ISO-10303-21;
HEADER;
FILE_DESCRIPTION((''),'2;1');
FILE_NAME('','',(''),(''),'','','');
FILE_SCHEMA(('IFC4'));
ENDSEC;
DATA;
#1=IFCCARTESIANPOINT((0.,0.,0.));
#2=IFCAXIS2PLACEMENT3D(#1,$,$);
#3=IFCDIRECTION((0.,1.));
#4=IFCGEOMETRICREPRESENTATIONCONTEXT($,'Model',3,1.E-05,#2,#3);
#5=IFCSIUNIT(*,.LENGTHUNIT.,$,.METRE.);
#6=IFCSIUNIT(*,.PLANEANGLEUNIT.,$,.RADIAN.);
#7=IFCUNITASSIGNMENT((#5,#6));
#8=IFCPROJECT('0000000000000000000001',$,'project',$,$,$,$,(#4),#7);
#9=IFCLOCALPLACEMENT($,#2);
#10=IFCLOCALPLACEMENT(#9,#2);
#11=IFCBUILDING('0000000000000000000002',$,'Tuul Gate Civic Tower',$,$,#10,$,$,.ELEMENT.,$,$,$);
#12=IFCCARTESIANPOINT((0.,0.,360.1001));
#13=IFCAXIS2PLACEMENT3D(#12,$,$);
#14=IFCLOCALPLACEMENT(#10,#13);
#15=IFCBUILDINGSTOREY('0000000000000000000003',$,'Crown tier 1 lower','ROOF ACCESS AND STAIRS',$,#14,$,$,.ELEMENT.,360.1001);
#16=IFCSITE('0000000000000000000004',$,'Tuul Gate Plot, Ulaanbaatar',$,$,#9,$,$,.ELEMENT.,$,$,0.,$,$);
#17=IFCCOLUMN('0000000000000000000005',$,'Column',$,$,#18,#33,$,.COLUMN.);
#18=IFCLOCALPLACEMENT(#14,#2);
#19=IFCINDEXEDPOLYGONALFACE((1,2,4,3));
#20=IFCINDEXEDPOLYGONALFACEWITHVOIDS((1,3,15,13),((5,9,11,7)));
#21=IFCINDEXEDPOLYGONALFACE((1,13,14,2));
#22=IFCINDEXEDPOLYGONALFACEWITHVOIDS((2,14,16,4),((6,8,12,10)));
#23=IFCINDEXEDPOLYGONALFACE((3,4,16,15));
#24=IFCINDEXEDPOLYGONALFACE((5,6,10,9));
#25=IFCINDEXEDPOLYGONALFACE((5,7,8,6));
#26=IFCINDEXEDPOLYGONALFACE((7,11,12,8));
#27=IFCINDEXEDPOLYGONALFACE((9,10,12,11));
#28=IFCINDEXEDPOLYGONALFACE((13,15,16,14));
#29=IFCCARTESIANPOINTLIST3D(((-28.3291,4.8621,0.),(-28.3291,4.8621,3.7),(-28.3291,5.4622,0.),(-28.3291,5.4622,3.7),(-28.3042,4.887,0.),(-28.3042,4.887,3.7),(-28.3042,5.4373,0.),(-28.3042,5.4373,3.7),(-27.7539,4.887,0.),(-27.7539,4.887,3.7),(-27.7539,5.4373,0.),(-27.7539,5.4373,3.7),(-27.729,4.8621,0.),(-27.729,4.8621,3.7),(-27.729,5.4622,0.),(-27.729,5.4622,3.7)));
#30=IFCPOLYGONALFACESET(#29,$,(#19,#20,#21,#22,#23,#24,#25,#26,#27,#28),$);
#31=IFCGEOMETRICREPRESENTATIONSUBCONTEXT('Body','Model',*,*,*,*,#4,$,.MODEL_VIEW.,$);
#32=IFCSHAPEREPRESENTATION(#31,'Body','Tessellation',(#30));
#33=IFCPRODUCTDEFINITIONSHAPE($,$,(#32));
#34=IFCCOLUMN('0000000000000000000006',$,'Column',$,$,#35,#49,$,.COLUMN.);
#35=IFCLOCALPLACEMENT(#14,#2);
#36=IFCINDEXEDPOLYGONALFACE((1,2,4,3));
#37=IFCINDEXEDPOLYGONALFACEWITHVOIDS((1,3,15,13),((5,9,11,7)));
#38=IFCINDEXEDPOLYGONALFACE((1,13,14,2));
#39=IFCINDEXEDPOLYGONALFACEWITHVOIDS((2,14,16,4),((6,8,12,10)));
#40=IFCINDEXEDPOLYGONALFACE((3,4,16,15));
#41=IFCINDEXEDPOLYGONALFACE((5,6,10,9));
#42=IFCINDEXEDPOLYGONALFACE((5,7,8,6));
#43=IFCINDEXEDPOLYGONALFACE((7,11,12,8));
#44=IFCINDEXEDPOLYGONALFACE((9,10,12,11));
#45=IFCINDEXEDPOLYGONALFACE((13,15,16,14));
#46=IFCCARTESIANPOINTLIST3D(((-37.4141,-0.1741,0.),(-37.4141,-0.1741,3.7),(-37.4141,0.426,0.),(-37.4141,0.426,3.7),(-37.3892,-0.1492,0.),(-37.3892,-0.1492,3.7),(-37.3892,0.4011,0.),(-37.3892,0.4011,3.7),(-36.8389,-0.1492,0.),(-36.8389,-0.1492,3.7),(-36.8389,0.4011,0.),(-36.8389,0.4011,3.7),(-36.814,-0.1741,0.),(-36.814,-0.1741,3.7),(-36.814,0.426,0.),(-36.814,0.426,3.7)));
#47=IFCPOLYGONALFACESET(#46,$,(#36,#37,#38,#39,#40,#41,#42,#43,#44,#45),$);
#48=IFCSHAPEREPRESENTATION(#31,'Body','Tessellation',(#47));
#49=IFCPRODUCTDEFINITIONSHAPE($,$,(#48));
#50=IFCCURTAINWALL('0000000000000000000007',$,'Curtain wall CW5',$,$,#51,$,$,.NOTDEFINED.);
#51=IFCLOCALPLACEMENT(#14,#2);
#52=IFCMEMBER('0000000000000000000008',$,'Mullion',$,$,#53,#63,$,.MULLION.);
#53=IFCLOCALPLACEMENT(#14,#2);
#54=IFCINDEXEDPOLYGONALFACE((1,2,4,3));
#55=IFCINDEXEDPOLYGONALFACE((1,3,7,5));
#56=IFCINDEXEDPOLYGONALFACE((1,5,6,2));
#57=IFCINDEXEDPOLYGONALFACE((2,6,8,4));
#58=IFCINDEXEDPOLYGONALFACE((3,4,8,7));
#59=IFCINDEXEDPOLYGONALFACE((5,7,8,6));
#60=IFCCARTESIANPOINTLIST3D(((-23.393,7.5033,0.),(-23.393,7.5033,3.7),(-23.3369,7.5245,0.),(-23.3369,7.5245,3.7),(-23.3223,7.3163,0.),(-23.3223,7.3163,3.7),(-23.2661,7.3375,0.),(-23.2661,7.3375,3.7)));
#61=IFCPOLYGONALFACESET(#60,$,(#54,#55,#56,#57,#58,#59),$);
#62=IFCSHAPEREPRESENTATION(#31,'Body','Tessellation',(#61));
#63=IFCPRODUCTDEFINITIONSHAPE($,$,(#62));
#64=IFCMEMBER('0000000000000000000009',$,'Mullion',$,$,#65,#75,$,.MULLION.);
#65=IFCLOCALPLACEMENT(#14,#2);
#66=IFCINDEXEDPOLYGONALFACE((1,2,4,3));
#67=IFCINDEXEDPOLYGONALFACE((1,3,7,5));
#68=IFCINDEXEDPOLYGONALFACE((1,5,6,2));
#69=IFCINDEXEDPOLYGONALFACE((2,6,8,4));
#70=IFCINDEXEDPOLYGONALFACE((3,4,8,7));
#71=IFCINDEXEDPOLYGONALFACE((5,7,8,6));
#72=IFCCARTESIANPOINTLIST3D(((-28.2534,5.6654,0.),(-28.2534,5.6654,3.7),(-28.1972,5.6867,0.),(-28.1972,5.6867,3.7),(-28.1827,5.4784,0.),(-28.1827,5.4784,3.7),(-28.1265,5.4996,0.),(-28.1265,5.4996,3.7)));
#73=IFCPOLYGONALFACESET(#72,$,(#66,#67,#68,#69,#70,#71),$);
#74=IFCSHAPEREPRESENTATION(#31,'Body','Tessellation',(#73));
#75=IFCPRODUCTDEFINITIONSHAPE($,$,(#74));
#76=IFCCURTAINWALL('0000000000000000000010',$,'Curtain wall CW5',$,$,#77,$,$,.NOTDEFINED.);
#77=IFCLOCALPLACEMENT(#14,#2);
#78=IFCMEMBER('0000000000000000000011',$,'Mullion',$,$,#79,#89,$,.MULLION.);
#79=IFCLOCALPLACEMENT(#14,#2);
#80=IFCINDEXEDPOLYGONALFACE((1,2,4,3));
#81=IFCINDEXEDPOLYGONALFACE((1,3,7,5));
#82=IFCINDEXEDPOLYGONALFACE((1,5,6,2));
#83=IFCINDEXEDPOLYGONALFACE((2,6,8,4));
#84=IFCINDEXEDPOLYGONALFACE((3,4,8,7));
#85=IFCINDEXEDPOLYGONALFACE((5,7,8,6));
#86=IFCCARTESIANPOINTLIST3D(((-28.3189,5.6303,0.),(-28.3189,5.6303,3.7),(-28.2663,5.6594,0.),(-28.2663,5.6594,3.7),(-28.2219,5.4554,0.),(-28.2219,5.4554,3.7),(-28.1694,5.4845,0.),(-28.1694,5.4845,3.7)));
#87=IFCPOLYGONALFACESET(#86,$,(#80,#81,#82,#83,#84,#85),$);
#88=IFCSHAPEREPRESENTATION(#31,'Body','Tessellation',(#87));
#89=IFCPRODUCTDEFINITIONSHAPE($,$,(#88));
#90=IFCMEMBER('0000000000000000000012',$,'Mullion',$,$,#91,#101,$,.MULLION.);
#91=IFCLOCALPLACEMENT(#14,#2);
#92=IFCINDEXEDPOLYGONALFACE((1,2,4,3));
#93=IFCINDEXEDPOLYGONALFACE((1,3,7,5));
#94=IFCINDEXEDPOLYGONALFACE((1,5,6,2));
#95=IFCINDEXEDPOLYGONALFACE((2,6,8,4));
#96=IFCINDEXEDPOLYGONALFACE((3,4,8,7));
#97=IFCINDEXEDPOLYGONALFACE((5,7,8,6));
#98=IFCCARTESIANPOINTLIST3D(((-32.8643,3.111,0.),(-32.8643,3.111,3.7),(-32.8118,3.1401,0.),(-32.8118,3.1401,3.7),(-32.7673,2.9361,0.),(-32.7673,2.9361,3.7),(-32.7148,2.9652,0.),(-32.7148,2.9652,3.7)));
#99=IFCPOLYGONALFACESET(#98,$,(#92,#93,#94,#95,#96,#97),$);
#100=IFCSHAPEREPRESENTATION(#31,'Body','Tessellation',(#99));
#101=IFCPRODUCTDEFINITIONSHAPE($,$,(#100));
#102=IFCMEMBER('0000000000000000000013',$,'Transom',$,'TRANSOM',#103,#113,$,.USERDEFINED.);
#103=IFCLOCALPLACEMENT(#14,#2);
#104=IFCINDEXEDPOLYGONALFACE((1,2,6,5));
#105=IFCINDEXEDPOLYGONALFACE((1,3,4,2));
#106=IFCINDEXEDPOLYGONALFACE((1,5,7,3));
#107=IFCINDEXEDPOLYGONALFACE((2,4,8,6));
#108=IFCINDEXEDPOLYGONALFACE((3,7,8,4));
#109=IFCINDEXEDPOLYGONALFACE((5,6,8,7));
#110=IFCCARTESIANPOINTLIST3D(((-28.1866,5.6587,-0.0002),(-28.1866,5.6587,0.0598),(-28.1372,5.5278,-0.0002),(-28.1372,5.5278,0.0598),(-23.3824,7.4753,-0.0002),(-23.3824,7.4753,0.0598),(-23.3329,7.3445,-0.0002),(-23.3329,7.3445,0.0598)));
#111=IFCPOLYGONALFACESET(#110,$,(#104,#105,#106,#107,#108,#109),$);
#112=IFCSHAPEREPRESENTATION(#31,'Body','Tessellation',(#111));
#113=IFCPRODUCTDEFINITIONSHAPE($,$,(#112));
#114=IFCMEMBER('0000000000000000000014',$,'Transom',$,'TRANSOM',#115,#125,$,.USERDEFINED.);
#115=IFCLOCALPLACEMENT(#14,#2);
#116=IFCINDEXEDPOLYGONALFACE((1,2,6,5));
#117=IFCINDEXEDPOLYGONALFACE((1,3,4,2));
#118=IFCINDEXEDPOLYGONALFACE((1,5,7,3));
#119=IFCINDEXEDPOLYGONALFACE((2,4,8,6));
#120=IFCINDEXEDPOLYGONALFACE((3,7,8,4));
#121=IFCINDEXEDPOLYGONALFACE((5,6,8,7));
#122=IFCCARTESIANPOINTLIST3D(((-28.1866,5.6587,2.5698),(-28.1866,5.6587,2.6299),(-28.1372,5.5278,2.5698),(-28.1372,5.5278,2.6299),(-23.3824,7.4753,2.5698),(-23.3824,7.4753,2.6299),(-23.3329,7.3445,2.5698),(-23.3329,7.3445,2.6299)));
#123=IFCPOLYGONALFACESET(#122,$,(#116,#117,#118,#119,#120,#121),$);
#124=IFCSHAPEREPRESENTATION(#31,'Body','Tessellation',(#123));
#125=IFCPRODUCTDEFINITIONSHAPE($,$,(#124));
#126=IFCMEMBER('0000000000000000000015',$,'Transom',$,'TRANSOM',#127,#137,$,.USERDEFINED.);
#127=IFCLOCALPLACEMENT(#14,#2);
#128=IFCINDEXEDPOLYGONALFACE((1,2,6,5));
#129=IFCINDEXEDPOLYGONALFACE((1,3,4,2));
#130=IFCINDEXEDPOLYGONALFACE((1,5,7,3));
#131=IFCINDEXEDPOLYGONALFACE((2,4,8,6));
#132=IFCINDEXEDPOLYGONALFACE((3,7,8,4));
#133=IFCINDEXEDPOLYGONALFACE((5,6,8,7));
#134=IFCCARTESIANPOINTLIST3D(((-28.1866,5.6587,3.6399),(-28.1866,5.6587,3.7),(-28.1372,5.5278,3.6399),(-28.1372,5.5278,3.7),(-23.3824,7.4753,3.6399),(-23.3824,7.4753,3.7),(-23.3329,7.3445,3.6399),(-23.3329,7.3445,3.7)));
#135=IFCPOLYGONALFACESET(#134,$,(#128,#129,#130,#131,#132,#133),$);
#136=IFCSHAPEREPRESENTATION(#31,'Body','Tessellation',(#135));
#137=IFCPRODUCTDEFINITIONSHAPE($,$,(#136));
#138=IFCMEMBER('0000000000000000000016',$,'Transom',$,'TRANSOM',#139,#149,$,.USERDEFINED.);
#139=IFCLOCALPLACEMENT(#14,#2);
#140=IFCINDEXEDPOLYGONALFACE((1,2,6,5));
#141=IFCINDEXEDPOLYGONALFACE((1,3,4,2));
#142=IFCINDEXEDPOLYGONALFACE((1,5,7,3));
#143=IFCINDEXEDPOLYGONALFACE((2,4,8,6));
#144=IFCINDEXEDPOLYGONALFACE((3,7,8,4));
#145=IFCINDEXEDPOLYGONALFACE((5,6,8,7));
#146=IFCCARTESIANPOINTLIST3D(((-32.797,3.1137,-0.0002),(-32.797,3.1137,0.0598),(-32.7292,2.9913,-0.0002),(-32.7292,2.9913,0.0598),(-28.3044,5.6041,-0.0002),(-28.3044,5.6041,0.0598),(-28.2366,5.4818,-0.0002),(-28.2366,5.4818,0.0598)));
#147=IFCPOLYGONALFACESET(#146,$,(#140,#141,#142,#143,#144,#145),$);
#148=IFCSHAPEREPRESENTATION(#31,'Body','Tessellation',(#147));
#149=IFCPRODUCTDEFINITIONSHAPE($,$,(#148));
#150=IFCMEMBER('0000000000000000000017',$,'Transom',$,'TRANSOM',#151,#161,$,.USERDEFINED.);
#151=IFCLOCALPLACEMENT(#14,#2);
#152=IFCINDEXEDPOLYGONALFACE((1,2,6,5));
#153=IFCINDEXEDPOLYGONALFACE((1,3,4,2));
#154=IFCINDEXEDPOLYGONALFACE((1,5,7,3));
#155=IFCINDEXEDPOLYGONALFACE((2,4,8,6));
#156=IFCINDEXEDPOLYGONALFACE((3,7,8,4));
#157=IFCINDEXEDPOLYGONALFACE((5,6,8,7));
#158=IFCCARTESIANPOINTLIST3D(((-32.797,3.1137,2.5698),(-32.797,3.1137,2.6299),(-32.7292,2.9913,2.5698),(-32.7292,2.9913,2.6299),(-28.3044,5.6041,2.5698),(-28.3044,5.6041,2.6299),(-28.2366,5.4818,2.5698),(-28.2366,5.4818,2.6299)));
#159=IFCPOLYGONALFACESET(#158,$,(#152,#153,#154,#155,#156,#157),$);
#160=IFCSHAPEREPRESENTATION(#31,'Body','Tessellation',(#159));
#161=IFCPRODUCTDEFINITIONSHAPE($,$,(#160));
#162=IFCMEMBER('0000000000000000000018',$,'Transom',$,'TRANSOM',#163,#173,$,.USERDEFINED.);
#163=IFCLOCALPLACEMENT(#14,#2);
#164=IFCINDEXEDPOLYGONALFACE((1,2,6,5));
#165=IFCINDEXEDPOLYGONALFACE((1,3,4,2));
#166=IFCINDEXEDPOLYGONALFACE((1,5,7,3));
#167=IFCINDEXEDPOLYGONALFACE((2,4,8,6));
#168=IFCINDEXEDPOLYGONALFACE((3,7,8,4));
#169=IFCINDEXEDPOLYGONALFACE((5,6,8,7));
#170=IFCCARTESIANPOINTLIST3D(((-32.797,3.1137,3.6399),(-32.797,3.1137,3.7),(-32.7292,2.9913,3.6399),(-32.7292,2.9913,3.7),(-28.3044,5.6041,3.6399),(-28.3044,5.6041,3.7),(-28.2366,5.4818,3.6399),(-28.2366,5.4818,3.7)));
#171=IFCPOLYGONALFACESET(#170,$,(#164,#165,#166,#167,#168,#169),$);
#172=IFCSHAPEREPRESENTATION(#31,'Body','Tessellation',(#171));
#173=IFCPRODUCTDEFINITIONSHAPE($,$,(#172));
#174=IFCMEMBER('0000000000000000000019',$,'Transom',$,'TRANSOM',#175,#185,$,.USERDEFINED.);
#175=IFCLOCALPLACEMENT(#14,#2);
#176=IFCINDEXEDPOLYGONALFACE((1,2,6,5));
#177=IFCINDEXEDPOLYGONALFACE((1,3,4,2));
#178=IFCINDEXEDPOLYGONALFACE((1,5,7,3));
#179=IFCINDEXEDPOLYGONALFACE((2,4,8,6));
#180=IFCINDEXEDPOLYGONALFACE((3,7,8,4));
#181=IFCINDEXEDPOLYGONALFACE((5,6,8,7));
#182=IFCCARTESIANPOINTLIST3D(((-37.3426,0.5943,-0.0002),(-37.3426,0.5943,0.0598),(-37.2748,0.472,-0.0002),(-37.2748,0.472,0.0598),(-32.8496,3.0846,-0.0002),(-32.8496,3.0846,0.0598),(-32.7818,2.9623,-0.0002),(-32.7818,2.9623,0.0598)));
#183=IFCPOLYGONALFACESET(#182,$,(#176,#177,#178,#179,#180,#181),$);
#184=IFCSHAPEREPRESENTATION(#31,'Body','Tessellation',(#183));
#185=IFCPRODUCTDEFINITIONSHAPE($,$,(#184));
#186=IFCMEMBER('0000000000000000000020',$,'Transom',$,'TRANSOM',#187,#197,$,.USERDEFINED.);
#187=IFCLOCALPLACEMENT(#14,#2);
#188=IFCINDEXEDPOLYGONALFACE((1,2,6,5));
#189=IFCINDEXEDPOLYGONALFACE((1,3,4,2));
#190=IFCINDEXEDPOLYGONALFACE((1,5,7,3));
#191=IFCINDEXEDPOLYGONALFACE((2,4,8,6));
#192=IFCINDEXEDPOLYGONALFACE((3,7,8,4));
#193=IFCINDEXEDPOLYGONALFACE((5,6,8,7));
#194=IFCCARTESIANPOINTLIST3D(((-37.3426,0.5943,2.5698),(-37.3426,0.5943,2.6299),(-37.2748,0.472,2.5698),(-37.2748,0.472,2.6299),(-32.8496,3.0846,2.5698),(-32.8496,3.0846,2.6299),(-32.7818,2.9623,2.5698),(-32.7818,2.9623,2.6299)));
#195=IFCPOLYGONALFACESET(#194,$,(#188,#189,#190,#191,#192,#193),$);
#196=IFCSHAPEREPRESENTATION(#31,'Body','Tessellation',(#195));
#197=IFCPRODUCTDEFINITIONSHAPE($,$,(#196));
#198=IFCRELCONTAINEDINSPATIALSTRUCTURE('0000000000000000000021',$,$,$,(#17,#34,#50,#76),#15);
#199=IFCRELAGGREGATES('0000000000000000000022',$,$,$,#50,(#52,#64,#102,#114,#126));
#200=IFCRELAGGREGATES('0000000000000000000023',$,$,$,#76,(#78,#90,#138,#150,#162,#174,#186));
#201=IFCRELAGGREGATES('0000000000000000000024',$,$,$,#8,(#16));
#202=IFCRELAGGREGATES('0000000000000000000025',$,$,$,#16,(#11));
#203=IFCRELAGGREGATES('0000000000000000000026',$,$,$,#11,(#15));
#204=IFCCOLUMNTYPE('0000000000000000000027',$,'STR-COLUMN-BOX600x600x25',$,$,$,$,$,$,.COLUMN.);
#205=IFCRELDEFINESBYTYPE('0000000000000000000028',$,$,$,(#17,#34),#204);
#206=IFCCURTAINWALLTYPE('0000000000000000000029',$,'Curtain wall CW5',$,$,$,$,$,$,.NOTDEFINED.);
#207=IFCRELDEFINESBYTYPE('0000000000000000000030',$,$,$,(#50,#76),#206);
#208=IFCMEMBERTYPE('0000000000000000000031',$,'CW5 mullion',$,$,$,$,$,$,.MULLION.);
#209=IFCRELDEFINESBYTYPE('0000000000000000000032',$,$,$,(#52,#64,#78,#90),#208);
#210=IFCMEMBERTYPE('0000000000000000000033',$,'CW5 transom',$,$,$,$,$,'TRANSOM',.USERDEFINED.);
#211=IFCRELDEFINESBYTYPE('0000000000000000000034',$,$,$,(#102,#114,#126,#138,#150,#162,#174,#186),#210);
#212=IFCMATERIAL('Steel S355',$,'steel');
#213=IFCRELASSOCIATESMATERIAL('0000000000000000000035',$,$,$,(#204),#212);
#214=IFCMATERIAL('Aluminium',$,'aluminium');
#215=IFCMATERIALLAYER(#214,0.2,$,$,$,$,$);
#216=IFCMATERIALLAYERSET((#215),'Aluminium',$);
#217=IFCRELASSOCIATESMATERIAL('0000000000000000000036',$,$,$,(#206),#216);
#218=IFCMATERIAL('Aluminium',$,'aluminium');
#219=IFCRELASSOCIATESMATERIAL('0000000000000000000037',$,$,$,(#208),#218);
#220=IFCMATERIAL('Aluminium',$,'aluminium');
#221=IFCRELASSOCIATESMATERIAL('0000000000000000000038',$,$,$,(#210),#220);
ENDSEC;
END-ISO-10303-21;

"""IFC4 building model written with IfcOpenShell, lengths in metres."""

from ifc_helpers import new_model, si_unit, direction, frame, origin, origin_2d, place, context, subcontext, project, spatial, rectangle, hollow_rectangle, extrude, material, layer, layer_set, material_profile, profile_set, type_object, element, aggregate, save


model = new_model("IFC4")

# Units and contexts
model_context = context("Model", 3, precision=1e-05, world=origin(), true_north=direction((0.0, 1.0)))
body_context = subcontext(model_context, "Body", "Model", "MODEL_VIEW")
ifc_project = project(units=[si_unit("LENGTHUNIT", "METRE"), si_unit("PLANEANGLEUNIT", "RADIAN")], contexts=[model_context])

# Site, building, storey
site_placement = place(None, origin())
site = spatial("IfcSite", under=ifc_project, at=site_placement, Name="Tuul Gate Plot, Ulaanbaatar", CompositionType="ELEMENT", RefElevation=0.0)
building_placement = place(site_placement, origin())
building = spatial("IfcBuilding", under=site, at=building_placement, Name="Tuul Gate Civic Tower", CompositionType="ELEMENT")
storey_placement = place(building_placement, frame((0.0, 0.0, 360.1001)))
storey = spatial("IfcBuildingStorey", under=building, at=storey_placement, Name="Crown tier 1 lower", Description="ROOF ACCESS AND STAIRS", CompositionType="ELEMENT", Elevation=360.1001)

# Columns
ifc_material_1 = material(Name="Steel S355", Category="steel")
ifc_material_profile_1 = material_profile(ifc_material_1, hollow_rectangle(XDim=0.6001, YDim=0.6001, WallThickness=0.0249, at=origin_2d()), Name="BOX600x600x25")
ifc_profile_set_1 = profile_set([ifc_material_profile_1], Name="Steel S355")
column_type = type_object("IfcColumnType", Name="STR-COLUMN-BOX600x600x25", PredefinedType="COLUMN", material=ifc_profile_set_1)
for number, where, z_axis, x_axis, name in (
    (1, (-28.0291, 5.1621, 0.0), (0.0, 0.0, 1.0), (1.0, 0.0, 0.0), "Column"),
    (2, (-37.114, 0.126, 0.0), (0.0, 0.0, 1.0), (1.0, 0.0, 0.0), "Column"),
):
    element("IfcColumn", number, at=place(storey_placement, frame(where, z_axis=z_axis, x_axis=x_axis)), inside=storey, type_object=column_type, Name=name, PredefinedType="COLUMN", context=body_context, shape_type="SweptSolid", body=[
        extrude(hollow_rectangle(XDim=0.6001, YDim=0.6001, WallThickness=0.0249, at=origin_2d()), origin(), (0.0, 0.0, 1.0), 3.7),
    ])

# Curtain walls, members
ifc_material_2 = material(Name="Aluminium", Category="aluminium")
ifc_layer_1 = layer(ifc_material_2, 0.2)
ifc_layer_set_1 = layer_set([ifc_layer_1], Name="Aluminium")
curtain_wall_type = type_object("IfcCurtainWallType", Name="Curtain wall CW5", PredefinedType="NOTDEFINED", material=ifc_layer_set_1)
curtain_wall_1_placement = place(storey_placement, origin())
curtain_wall_1 = element("IfcCurtainWall", 3, at=curtain_wall_1_placement, inside=storey, type_object=curtain_wall_type, Name="Curtain wall CW5", PredefinedType="NOTDEFINED")
ifc_material_3 = material(Name="Aluminium", Category="aluminium")
ifc_material_profile_2 = material_profile(ifc_material_3, rectangle(XDim=0.2, YDim=0.0601, at=origin_2d()), Name="CW5 mullion")
ifc_profile_set_2 = profile_set([ifc_material_profile_2], Name="Aluminium")
member_type_1 = type_object("IfcMemberType", Name="CW5 mullion", PredefinedType="MULLION", material=ifc_profile_set_2)
member_1_placement = place(storey_placement, frame((-23.3296, 7.4204, 0.0), z_axis=(0.0, 0.0, 1.0), x_axis=(0.353691, -0.935362, 0.0)))
member_1 = element("IfcMember", 4, at=member_1_placement, type_object=member_type_1, Name="Mullion", PredefinedType="MULLION", context=body_context, shape_type="SweptSolid", body=[
    extrude(rectangle(XDim=0.2, YDim=0.0601, at=origin_2d()), origin(), (0.0, 0.0, 1.0), 3.7),
])
member_2_placement = place(storey_placement, frame((-28.1899, 5.5825, 0.0), z_axis=(0.0, 0.0, 1.0), x_axis=(0.353691, -0.935362, 0.0)))
member_2 = element("IfcMember", 5, at=member_2_placement, type_object=member_type_1, Name="Mullion", PredefinedType="MULLION", context=body_context, shape_type="SweptSolid", body=[
    extrude(rectangle(XDim=0.2, YDim=0.0601, at=origin_2d()), origin(), (0.0, 0.0, 1.0), 3.7),
])
curtain_wall_2_placement = place(storey_placement, origin())
curtain_wall_2 = element("IfcCurtainWall", 6, at=curtain_wall_2_placement, inside=storey, type_object=curtain_wall_type, Name="Curtain wall CW5", PredefinedType="NOTDEFINED")
member_3_placement = place(storey_placement, frame((-28.2441, 5.5574, 0.0), z_axis=(0.0, 0.0, 1.0), x_axis=(0.484806, -0.874622, 0.0)))
member_3 = element("IfcMember", 7, at=member_3_placement, type_object=member_type_1, Name="Mullion", PredefinedType="MULLION", context=body_context, shape_type="SweptSolid", body=[
    extrude(rectangle(XDim=0.2, YDim=0.0601, at=origin_2d()), origin(), (0.0, 0.0, 1.0), 3.7),
])
member_4_placement = place(storey_placement, frame((-32.7896, 3.0381, 0.0), z_axis=(0.0, 0.0, 1.0), x_axis=(0.484806, -0.874622, 0.0)))
member_4 = element("IfcMember", 8, at=member_4_placement, type_object=member_type_1, Name="Mullion", PredefinedType="MULLION", context=body_context, shape_type="SweptSolid", body=[
    extrude(rectangle(XDim=0.2, YDim=0.0601, at=origin_2d()), origin(), (0.0, 0.0, 1.0), 3.7),
])

# Members
ifc_material_4 = material(Name="Aluminium", Category="aluminium")
ifc_material_profile_3 = material_profile(ifc_material_4, rectangle(XDim=0.1399, YDim=0.0601, at=origin_2d()), Name="CW5 transom")
ifc_profile_set_3 = profile_set([ifc_material_profile_3], Name="Aluminium")
member_type_2 = type_object("IfcMemberType", Name="CW5 transom", ElementType="TRANSOM", PredefinedType="USERDEFINED", material=ifc_profile_set_3)
member_5_placement = place(storey_placement, frame((-23.3577, 7.4099, 0.0298), z_axis=(-0.935361, -0.353695, 0.0), x_axis=(0.353695, -0.935361, 0.0)))
member_5 = element("IfcMember", 9, at=member_5_placement, type_object=member_type_2, Name="Transom", ObjectType="TRANSOM", PredefinedType="USERDEFINED", context=body_context, shape_type="SweptSolid", body=[
    extrude(rectangle(XDim=0.1399, YDim=0.0601, at=origin_2d()), origin(), (0.0, 0.0, 1.0), 5.1362),
])
member_6_placement = place(storey_placement, frame((-23.3577, 7.4099, 2.5999), z_axis=(-0.935361, -0.353695, 0.0), x_axis=(0.353695, -0.935361, 0.0)))
member_6 = element("IfcMember", 10, at=member_6_placement, type_object=member_type_2, Name="Transom", ObjectType="TRANSOM", PredefinedType="USERDEFINED", context=body_context, shape_type="SweptSolid", body=[
    extrude(rectangle(XDim=0.1399, YDim=0.0601, at=origin_2d()), origin(), (0.0, 0.0, 1.0), 5.1362),
])
member_7_placement = place(storey_placement, frame((-23.3577, 7.4099, 3.6699), z_axis=(-0.935361, -0.353695, 0.0), x_axis=(0.353695, -0.935361, 0.0)))
member_7 = element("IfcMember", 11, at=member_7_placement, type_object=member_type_2, Name="Transom", ObjectType="TRANSOM", PredefinedType="USERDEFINED", context=body_context, shape_type="SweptSolid", body=[
    extrude(rectangle(XDim=0.1399, YDim=0.0601, at=origin_2d()), origin(), (0.0, 0.0, 1.0), 5.1362),
])
member_8_placement = place(storey_placement, frame((-28.2705, 5.543, 0.0298), z_axis=(-0.874608, -0.484832, 0.0), x_axis=(0.484832, -0.874608, 0.0)))
member_8 = element("IfcMember", 12, at=member_8_placement, type_object=member_type_2, Name="Transom", ObjectType="TRANSOM", PredefinedType="USERDEFINED", context=body_context, shape_type="SweptSolid", body=[
    extrude(rectangle(XDim=0.1399, YDim=0.0601, at=origin_2d()), origin(), (0.0, 0.0, 1.0), 5.1367),
])
member_9_placement = place(storey_placement, frame((-28.2705, 5.543, 2.5999), z_axis=(-0.874608, -0.484832, 0.0), x_axis=(0.484832, -0.874608, 0.0)))
member_9 = element("IfcMember", 13, at=member_9_placement, type_object=member_type_2, Name="Transom", ObjectType="TRANSOM", PredefinedType="USERDEFINED", context=body_context, shape_type="SweptSolid", body=[
    extrude(rectangle(XDim=0.1399, YDim=0.0601, at=origin_2d()), origin(), (0.0, 0.0, 1.0), 5.1367),
])
member_10_placement = place(storey_placement, frame((-28.2705, 5.543, 3.6699), z_axis=(-0.874608, -0.484832, 0.0), x_axis=(0.484832, -0.874608, 0.0)))
member_10 = element("IfcMember", 14, at=member_10_placement, type_object=member_type_2, Name="Transom", ObjectType="TRANSOM", PredefinedType="USERDEFINED", context=body_context, shape_type="SweptSolid", body=[
    extrude(rectangle(XDim=0.1399, YDim=0.0601, at=origin_2d()), origin(), (0.0, 0.0, 1.0), 5.1367),
])
member_11_placement = place(storey_placement, frame((-32.8157, 3.0234, 0.0298), z_axis=(-0.874639, -0.484775, 0.0), x_axis=(0.484775, -0.874639, 0.0)))
member_11 = element("IfcMember", 15, at=member_11_placement, type_object=member_type_2, Name="Transom", ObjectType="TRANSOM", PredefinedType="USERDEFINED", context=body_context, shape_type="SweptSolid", body=[
    extrude(rectangle(XDim=0.1399, YDim=0.0601, at=origin_2d()), origin(), (0.0, 0.0, 1.0), 5.137),
])
member_12_placement = place(storey_placement, frame((-32.8157, 3.0234, 2.5999), z_axis=(-0.874639, -0.484775, 0.0), x_axis=(0.484775, -0.874639, 0.0)))
member_12 = element("IfcMember", 16, at=member_12_placement, type_object=member_type_2, Name="Transom", ObjectType="TRANSOM", PredefinedType="USERDEFINED", context=body_context, shape_type="SweptSolid", body=[
    extrude(rectangle(XDim=0.1399, YDim=0.0601, at=origin_2d()), origin(), (0.0, 0.0, 1.0), 5.137),
])

aggregate(curtain_wall_1, [member_1, member_2, member_5, member_6, member_7])
aggregate(curtain_wall_2, [member_3, member_4, member_8, member_9, member_10, member_11, member_12])

save(model, "model.ifc")
